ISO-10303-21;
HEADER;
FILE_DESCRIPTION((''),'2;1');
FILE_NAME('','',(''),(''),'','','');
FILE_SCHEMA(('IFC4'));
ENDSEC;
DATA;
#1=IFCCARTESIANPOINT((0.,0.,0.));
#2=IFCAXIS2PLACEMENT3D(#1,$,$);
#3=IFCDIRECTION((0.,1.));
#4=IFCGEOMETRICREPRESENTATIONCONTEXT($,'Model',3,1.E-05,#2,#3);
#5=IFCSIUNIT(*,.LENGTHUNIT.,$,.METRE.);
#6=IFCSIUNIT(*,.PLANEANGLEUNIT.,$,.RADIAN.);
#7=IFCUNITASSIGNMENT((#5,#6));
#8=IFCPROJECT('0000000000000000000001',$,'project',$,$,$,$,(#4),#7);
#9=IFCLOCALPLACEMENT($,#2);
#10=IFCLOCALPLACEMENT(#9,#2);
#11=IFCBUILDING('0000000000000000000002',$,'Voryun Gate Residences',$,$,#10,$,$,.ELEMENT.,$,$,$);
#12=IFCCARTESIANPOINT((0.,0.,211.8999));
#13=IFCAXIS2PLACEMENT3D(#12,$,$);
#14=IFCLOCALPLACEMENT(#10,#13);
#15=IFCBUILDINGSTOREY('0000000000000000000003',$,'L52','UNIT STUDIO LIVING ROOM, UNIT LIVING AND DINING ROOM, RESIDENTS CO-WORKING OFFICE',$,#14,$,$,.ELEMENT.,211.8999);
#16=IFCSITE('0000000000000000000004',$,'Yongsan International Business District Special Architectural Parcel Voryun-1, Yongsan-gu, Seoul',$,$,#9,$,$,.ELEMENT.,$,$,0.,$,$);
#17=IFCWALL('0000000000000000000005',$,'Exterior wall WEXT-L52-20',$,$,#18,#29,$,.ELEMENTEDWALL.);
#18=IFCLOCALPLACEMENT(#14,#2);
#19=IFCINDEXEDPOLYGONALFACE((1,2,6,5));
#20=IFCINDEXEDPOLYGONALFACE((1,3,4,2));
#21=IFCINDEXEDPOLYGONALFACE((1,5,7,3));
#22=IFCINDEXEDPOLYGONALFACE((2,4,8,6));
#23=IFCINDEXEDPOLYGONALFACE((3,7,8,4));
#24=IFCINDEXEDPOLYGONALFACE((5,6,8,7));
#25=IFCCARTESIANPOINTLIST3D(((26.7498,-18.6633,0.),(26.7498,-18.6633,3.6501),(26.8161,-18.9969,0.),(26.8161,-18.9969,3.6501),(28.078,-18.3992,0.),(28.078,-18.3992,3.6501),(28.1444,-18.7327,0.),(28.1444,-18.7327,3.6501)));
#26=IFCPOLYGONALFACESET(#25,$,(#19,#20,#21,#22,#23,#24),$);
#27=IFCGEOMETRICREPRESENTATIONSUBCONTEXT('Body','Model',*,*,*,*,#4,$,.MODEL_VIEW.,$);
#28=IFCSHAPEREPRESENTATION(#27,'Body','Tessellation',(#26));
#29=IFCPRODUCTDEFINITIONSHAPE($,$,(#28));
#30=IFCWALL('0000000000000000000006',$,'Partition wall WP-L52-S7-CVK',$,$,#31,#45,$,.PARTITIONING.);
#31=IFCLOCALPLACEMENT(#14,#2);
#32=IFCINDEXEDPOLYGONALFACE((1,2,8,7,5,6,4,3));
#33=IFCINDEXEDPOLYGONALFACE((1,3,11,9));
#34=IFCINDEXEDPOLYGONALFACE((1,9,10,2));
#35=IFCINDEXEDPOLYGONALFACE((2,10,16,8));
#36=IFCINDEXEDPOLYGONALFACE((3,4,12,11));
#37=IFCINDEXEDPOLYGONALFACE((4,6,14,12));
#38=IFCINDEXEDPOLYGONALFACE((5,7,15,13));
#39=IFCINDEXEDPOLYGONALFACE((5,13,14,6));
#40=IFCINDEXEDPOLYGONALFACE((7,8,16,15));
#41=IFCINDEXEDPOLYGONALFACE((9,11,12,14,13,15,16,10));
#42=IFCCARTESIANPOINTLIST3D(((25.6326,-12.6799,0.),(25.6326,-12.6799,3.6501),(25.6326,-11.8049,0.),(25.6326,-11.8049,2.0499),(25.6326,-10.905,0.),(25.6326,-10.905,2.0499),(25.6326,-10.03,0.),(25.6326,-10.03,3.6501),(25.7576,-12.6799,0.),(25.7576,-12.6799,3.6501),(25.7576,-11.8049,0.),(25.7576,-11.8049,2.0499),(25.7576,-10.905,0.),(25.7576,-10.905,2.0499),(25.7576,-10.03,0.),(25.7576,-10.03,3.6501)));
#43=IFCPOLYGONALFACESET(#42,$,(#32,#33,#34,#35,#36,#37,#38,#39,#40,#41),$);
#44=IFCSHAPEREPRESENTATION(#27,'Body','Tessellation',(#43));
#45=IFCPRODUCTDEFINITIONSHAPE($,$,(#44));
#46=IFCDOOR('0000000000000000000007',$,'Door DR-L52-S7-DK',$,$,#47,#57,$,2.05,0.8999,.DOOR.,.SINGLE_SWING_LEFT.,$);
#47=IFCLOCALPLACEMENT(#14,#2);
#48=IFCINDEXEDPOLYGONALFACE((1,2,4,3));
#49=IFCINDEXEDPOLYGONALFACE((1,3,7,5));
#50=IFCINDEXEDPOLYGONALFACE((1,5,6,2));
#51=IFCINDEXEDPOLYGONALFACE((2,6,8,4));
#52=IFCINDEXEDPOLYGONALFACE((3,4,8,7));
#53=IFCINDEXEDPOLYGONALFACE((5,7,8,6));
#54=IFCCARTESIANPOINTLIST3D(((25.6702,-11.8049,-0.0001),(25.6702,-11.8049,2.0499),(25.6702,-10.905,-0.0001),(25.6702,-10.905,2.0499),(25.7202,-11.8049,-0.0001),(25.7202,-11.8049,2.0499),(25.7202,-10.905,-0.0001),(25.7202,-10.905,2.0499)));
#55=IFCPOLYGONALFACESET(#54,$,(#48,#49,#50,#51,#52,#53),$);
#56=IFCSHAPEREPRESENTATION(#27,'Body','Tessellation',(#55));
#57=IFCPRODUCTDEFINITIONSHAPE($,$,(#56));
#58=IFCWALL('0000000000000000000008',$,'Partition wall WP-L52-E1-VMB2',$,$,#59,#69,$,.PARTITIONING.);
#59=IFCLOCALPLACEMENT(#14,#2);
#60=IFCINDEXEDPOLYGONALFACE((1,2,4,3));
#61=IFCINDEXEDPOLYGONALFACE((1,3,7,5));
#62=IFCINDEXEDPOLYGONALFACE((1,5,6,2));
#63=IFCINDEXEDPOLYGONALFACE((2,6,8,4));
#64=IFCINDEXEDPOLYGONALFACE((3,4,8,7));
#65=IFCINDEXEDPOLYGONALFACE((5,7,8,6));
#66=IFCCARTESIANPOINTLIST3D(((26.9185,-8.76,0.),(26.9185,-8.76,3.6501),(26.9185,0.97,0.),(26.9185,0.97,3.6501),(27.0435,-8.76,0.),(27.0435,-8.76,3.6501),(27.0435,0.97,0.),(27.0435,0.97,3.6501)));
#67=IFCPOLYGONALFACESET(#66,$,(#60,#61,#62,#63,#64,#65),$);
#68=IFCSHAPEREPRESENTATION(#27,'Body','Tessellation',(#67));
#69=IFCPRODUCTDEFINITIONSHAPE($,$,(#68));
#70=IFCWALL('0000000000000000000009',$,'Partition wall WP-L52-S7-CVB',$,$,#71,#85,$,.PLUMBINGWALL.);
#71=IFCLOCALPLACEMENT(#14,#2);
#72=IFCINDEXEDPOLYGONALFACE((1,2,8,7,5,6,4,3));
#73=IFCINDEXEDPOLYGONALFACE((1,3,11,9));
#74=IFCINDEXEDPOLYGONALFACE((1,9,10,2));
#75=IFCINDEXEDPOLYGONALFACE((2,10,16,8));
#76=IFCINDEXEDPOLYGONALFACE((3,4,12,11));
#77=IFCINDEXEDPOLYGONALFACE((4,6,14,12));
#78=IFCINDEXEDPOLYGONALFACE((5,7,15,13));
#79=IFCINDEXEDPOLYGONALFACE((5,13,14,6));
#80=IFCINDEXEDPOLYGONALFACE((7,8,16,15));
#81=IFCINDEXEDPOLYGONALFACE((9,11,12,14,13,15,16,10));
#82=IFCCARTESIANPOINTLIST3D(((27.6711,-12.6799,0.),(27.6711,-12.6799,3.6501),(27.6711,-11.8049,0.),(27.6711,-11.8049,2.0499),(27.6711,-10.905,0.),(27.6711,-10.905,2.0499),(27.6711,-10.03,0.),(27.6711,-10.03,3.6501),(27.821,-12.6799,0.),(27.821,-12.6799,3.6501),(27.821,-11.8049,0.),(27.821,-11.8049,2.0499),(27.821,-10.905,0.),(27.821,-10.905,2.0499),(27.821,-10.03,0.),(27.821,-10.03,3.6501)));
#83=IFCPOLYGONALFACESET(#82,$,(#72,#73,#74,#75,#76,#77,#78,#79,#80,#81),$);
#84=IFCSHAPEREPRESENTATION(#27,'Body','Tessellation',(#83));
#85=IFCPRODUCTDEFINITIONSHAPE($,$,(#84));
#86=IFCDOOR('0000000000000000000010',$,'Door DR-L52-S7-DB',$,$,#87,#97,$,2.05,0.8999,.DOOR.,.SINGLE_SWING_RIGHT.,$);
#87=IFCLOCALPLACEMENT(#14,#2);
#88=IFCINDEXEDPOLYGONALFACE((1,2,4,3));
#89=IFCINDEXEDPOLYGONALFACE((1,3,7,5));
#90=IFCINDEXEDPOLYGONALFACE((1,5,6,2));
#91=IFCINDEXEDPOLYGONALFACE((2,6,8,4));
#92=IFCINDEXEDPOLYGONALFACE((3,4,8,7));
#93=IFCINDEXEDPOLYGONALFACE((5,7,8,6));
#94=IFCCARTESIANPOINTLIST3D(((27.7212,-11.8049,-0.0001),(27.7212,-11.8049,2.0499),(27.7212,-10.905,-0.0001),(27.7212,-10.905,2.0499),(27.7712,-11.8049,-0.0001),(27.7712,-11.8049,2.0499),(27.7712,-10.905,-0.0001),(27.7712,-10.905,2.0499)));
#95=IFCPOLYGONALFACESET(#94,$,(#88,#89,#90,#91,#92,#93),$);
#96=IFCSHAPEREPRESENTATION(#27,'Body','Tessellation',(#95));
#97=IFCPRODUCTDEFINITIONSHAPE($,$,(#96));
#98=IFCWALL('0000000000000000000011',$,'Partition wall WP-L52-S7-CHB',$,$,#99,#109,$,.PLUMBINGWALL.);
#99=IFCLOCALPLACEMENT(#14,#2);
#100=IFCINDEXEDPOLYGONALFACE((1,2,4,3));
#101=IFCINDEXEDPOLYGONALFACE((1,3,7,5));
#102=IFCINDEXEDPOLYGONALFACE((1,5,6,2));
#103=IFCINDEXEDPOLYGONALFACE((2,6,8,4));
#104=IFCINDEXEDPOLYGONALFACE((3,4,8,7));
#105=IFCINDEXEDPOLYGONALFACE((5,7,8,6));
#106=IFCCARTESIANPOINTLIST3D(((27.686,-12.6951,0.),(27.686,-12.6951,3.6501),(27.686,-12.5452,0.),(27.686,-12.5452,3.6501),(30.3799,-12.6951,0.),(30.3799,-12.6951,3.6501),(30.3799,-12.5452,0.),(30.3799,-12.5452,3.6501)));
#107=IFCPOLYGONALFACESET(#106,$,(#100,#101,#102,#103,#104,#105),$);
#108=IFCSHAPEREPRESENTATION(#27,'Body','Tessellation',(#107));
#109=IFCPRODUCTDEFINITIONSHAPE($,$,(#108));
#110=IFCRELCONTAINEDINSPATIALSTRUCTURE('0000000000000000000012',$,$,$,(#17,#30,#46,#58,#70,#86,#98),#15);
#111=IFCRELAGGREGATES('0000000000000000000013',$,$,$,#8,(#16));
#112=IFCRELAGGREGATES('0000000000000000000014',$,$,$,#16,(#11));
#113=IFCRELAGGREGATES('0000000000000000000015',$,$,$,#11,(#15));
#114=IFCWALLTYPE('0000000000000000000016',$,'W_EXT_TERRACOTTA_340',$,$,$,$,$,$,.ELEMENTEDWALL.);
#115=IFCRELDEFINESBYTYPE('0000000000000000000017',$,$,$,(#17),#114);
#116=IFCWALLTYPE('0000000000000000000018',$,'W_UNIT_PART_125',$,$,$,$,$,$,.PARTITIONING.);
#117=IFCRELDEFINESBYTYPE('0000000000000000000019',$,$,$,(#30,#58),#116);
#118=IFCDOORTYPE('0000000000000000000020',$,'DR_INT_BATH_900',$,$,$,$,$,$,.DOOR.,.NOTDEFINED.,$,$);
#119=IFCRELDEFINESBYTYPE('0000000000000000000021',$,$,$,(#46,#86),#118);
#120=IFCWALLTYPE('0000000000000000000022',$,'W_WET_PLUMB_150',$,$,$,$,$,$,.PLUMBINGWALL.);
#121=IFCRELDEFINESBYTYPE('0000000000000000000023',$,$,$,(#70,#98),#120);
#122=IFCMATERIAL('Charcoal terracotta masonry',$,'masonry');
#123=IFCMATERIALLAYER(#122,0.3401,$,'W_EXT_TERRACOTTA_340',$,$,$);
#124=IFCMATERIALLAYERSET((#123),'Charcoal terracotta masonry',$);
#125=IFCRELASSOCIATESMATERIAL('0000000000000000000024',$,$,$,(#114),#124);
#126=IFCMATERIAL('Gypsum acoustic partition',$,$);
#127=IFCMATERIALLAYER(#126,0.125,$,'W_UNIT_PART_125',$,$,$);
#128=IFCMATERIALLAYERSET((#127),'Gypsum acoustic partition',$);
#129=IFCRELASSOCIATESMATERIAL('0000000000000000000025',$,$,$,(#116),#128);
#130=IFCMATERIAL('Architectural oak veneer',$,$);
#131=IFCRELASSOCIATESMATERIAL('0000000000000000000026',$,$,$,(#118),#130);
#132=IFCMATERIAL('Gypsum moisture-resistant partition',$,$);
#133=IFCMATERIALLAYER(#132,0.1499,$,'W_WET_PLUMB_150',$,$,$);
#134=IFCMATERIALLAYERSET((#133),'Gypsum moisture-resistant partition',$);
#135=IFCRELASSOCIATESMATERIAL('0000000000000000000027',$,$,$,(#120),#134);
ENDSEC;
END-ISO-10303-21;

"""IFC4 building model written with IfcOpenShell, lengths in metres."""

from ifc_helpers import new_model, si_unit, direction, frame, frame_2d, origin, place, context, subcontext, project, spatial, rectangle, extrude, material, layer, layer_set, type_object, element, fill, save


model = new_model("IFC4")

# Units and contexts
model_context = context("Model", 3, precision=1e-05, world=origin(), true_north=direction((0.0, 1.0)))
body_context = subcontext(model_context, "Body", "Model", "MODEL_VIEW")
ifc_project = project(units=[si_unit("LENGTHUNIT", "METRE"), si_unit("PLANEANGLEUNIT", "RADIAN")], contexts=[model_context])

# Site, building, storey
site_placement = place(None, origin())
site = spatial("IfcSite", under=ifc_project, at=site_placement, Name="Yongsan International Business District Special Architectural Parcel Voryun-1, Yongsan-gu, Seoul", CompositionType="ELEMENT", RefElevation=0.0)
building_placement = place(site_placement, origin())
building = spatial("IfcBuilding", under=site, at=building_placement, Name="Voryun Gate Residences", CompositionType="ELEMENT")
storey_placement = place(building_placement, frame((0.0, 0.0, 211.8999)))
storey = spatial("IfcBuildingStorey", under=building, at=storey_placement, Name="L52", Description="UNIT STUDIO LIVING ROOM, UNIT LIVING AND DINING ROOM, RESIDENTS CO-WORKING OFFICE", CompositionType="ELEMENT", Elevation=211.8999)

# Shared definitions
ifc_material_1 = material(Name="Charcoal terracotta masonry", Category="masonry")
ifc_layer_1 = layer(ifc_material_1, 0.3401, Name="W_EXT_TERRACOTTA_340")
ifc_layer_set_1 = layer_set([ifc_layer_1], Name="Charcoal terracotta masonry")
wall_type_1 = type_object("IfcWallType", Name="W_EXT_TERRACOTTA_340", PredefinedType="ELEMENTEDWALL", material=ifc_layer_set_1)

# Wall
wall_1_placement = place(storey_placement, frame((28.1113, -18.5659, 0.0), z_axis=(0.0, 0.0, 1.0), x_axis=(-0.980788, -0.195076, 0.0)))
element("IfcWall", 1, at=wall_1_placement, inside=storey, type_object=wall_type_1, Name="Exterior wall WEXT-L52-20", PredefinedType="ELEMENTEDWALL", context=body_context, shape_type="SweptSolid", body=[
    extrude(rectangle(XDim=1.3542, YDim=0.3401, at=frame_2d((0.6772, 0.0))), origin(), (0.0, 0.0, 1.0), 3.6501),
])

# Wall, opening, door
ifc_material_2 = material(Name="Gypsum acoustic partition")
ifc_layer_2 = layer(ifc_material_2, 0.125, Name="W_UNIT_PART_125")
ifc_layer_set_2 = layer_set([ifc_layer_2], Name="Gypsum acoustic partition")
wall_type_2 = type_object("IfcWallType", Name="W_UNIT_PART_125", PredefinedType="PARTITIONING", material=ifc_layer_set_2)
wall_2_placement = place(storey_placement, frame((25.6951, -12.6799, 0.0), z_axis=(0.0, 0.0, 1.0), x_axis=(0.0, 1.0, 0.0)))
wall_2 = element("IfcWall", 2, at=wall_2_placement, inside=storey, type_object=wall_type_2, Name="Partition wall WP-L52-S7-CVK", PredefinedType="PARTITIONING", context=body_context, shape_type="SweptSolid", body=[
    extrude(rectangle(XDim=2.6499, YDim=0.125, at=frame_2d((1.325, 0.0))), origin(), (0.0, 0.0, 1.0), 3.6501),
])
opening_1_placement = place(wall_2_placement, frame((0.875, 0.0, 0.0)))
opening_1 = element("IfcOpeningElement", 3, at=opening_1_placement, cuts=wall_2, PredefinedType="OPENING", context=body_context, shape_type="SweptSolid", body=[
    extrude(rectangle(XDim=0.8999, YDim=2.05, at=frame_2d((0.45, 1.0249))), frame((0.0, 0.0725, 0.0), z_axis=(0.0, -1.0, 0.0), x_axis=(1.0, 0.0, 0.0)), (0.0, 0.0, 1.0), 0.145),
])
ifc_material_3 = material(Name="Architectural oak veneer")
door_type = type_object("IfcDoorType", Name="DR_INT_BATH_900", OperationType="NOTDEFINED", PredefinedType="DOOR", material=ifc_material_3)
door_1_placement = place(opening_1_placement, origin())
door_1 = element("IfcDoor", 4, at=door_1_placement, inside=storey, type_object=door_type, Name="Door DR-L52-S7-DK", OperationType="SINGLE_SWING_LEFT", OverallHeight=2.05, OverallWidth=0.8999, PredefinedType="DOOR", context=body_context, shape_type="SweptSolid", body=[
    extrude(rectangle(XDim=0.8999, YDim=2.05, at=frame_2d((0.45, 1.0249))), frame((0.0, 0.0249, 0.0), z_axis=(0.0, -1.0, 0.0), x_axis=(1.0, 0.0, 0.0)), (0.0, 0.0, 1.0), 0.05),
])
fill(opening_1, door_1)

# Wall
wall_3_placement = place(storey_placement, frame((26.981, -8.76, 0.0), z_axis=(0.0, 0.0, 1.0), x_axis=(0.0, 1.0, 0.0)))
element("IfcWall", 5, at=wall_3_placement, inside=storey, type_object=wall_type_2, Name="Partition wall WP-L52-E1-VMB2", PredefinedType="PARTITIONING", context=body_context, shape_type="SweptSolid", body=[
    extrude(rectangle(XDim=9.73, YDim=0.125, at=frame_2d((4.865, 0.0))), origin(), (0.0, 0.0, 1.0), 3.6501),
])

# Wall, opening, door
ifc_material_4 = material(Name="Gypsum moisture-resistant partition")
ifc_layer_3 = layer(ifc_material_4, 0.1499, Name="W_WET_PLUMB_150")
ifc_layer_set_3 = layer_set([ifc_layer_3], Name="Gypsum moisture-resistant partition")
wall_type_3 = type_object("IfcWallType", Name="W_WET_PLUMB_150", PredefinedType="PLUMBINGWALL", material=ifc_layer_set_3)
wall_4_placement = place(storey_placement, frame((27.7461, -12.6799, 0.0), z_axis=(0.0, 0.0, 1.0), x_axis=(0.0, 1.0, 0.0)))
wall_4 = element("IfcWall", 6, at=wall_4_placement, inside=storey, type_object=wall_type_3, Name="Partition wall WP-L52-S7-CVB", PredefinedType="PLUMBINGWALL", context=body_context, shape_type="SweptSolid", body=[
    extrude(rectangle(XDim=2.6499, YDim=0.1499, at=frame_2d((1.325, 0.0))), origin(), (0.0, 0.0, 1.0), 3.6501),
])
opening_2_placement = place(wall_4_placement, frame((0.875, 0.0, 0.0)))
opening_2 = element("IfcOpeningElement", 7, at=opening_2_placement, cuts=wall_4, PredefinedType="OPENING", context=body_context, shape_type="SweptSolid", body=[
    extrude(rectangle(XDim=0.8999, YDim=2.05, at=frame_2d((0.45, 1.0249))), frame((0.0, 0.085, 0.0), z_axis=(0.0, -1.0, 0.0), x_axis=(1.0, 0.0, 0.0)), (0.0, 0.0, 1.0), 0.1699),
])
door_2_placement = place(opening_2_placement, origin())
door_2 = element("IfcDoor", 8, at=door_2_placement, inside=storey, type_object=door_type, Name="Door DR-L52-S7-DB", OperationType="SINGLE_SWING_RIGHT", OverallHeight=2.05, OverallWidth=0.8999, PredefinedType="DOOR", context=body_context, shape_type="SweptSolid", body=[
    extrude(rectangle(XDim=0.8999, YDim=2.05, at=frame_2d((0.45, 1.0249))), frame((0.0, 0.0249, 0.0), z_axis=(0.0, -1.0, 0.0), x_axis=(1.0, 0.0, 0.0)), (0.0, 0.0, 1.0), 0.05),
])
fill(opening_2, door_2)

# Wall
wall_5_placement = place(storey_placement, frame((27.686, -12.6201, 0.0), z_axis=(0.0, 0.0, 1.0), x_axis=(1.0, 0.0, 0.0)))
element("IfcWall", 9, at=wall_5_placement, inside=storey, type_object=wall_type_3, Name="Partition wall WP-L52-S7-CHB", PredefinedType="PLUMBINGWALL", context=body_context, shape_type="SweptSolid", body=[
    extrude(rectangle(XDim=2.6938, YDim=0.1499, at=frame_2d((1.3469, 0.0))), origin(), (0.0, 0.0, 1.0), 3.6501),
])

save(model, "model.ifc")
